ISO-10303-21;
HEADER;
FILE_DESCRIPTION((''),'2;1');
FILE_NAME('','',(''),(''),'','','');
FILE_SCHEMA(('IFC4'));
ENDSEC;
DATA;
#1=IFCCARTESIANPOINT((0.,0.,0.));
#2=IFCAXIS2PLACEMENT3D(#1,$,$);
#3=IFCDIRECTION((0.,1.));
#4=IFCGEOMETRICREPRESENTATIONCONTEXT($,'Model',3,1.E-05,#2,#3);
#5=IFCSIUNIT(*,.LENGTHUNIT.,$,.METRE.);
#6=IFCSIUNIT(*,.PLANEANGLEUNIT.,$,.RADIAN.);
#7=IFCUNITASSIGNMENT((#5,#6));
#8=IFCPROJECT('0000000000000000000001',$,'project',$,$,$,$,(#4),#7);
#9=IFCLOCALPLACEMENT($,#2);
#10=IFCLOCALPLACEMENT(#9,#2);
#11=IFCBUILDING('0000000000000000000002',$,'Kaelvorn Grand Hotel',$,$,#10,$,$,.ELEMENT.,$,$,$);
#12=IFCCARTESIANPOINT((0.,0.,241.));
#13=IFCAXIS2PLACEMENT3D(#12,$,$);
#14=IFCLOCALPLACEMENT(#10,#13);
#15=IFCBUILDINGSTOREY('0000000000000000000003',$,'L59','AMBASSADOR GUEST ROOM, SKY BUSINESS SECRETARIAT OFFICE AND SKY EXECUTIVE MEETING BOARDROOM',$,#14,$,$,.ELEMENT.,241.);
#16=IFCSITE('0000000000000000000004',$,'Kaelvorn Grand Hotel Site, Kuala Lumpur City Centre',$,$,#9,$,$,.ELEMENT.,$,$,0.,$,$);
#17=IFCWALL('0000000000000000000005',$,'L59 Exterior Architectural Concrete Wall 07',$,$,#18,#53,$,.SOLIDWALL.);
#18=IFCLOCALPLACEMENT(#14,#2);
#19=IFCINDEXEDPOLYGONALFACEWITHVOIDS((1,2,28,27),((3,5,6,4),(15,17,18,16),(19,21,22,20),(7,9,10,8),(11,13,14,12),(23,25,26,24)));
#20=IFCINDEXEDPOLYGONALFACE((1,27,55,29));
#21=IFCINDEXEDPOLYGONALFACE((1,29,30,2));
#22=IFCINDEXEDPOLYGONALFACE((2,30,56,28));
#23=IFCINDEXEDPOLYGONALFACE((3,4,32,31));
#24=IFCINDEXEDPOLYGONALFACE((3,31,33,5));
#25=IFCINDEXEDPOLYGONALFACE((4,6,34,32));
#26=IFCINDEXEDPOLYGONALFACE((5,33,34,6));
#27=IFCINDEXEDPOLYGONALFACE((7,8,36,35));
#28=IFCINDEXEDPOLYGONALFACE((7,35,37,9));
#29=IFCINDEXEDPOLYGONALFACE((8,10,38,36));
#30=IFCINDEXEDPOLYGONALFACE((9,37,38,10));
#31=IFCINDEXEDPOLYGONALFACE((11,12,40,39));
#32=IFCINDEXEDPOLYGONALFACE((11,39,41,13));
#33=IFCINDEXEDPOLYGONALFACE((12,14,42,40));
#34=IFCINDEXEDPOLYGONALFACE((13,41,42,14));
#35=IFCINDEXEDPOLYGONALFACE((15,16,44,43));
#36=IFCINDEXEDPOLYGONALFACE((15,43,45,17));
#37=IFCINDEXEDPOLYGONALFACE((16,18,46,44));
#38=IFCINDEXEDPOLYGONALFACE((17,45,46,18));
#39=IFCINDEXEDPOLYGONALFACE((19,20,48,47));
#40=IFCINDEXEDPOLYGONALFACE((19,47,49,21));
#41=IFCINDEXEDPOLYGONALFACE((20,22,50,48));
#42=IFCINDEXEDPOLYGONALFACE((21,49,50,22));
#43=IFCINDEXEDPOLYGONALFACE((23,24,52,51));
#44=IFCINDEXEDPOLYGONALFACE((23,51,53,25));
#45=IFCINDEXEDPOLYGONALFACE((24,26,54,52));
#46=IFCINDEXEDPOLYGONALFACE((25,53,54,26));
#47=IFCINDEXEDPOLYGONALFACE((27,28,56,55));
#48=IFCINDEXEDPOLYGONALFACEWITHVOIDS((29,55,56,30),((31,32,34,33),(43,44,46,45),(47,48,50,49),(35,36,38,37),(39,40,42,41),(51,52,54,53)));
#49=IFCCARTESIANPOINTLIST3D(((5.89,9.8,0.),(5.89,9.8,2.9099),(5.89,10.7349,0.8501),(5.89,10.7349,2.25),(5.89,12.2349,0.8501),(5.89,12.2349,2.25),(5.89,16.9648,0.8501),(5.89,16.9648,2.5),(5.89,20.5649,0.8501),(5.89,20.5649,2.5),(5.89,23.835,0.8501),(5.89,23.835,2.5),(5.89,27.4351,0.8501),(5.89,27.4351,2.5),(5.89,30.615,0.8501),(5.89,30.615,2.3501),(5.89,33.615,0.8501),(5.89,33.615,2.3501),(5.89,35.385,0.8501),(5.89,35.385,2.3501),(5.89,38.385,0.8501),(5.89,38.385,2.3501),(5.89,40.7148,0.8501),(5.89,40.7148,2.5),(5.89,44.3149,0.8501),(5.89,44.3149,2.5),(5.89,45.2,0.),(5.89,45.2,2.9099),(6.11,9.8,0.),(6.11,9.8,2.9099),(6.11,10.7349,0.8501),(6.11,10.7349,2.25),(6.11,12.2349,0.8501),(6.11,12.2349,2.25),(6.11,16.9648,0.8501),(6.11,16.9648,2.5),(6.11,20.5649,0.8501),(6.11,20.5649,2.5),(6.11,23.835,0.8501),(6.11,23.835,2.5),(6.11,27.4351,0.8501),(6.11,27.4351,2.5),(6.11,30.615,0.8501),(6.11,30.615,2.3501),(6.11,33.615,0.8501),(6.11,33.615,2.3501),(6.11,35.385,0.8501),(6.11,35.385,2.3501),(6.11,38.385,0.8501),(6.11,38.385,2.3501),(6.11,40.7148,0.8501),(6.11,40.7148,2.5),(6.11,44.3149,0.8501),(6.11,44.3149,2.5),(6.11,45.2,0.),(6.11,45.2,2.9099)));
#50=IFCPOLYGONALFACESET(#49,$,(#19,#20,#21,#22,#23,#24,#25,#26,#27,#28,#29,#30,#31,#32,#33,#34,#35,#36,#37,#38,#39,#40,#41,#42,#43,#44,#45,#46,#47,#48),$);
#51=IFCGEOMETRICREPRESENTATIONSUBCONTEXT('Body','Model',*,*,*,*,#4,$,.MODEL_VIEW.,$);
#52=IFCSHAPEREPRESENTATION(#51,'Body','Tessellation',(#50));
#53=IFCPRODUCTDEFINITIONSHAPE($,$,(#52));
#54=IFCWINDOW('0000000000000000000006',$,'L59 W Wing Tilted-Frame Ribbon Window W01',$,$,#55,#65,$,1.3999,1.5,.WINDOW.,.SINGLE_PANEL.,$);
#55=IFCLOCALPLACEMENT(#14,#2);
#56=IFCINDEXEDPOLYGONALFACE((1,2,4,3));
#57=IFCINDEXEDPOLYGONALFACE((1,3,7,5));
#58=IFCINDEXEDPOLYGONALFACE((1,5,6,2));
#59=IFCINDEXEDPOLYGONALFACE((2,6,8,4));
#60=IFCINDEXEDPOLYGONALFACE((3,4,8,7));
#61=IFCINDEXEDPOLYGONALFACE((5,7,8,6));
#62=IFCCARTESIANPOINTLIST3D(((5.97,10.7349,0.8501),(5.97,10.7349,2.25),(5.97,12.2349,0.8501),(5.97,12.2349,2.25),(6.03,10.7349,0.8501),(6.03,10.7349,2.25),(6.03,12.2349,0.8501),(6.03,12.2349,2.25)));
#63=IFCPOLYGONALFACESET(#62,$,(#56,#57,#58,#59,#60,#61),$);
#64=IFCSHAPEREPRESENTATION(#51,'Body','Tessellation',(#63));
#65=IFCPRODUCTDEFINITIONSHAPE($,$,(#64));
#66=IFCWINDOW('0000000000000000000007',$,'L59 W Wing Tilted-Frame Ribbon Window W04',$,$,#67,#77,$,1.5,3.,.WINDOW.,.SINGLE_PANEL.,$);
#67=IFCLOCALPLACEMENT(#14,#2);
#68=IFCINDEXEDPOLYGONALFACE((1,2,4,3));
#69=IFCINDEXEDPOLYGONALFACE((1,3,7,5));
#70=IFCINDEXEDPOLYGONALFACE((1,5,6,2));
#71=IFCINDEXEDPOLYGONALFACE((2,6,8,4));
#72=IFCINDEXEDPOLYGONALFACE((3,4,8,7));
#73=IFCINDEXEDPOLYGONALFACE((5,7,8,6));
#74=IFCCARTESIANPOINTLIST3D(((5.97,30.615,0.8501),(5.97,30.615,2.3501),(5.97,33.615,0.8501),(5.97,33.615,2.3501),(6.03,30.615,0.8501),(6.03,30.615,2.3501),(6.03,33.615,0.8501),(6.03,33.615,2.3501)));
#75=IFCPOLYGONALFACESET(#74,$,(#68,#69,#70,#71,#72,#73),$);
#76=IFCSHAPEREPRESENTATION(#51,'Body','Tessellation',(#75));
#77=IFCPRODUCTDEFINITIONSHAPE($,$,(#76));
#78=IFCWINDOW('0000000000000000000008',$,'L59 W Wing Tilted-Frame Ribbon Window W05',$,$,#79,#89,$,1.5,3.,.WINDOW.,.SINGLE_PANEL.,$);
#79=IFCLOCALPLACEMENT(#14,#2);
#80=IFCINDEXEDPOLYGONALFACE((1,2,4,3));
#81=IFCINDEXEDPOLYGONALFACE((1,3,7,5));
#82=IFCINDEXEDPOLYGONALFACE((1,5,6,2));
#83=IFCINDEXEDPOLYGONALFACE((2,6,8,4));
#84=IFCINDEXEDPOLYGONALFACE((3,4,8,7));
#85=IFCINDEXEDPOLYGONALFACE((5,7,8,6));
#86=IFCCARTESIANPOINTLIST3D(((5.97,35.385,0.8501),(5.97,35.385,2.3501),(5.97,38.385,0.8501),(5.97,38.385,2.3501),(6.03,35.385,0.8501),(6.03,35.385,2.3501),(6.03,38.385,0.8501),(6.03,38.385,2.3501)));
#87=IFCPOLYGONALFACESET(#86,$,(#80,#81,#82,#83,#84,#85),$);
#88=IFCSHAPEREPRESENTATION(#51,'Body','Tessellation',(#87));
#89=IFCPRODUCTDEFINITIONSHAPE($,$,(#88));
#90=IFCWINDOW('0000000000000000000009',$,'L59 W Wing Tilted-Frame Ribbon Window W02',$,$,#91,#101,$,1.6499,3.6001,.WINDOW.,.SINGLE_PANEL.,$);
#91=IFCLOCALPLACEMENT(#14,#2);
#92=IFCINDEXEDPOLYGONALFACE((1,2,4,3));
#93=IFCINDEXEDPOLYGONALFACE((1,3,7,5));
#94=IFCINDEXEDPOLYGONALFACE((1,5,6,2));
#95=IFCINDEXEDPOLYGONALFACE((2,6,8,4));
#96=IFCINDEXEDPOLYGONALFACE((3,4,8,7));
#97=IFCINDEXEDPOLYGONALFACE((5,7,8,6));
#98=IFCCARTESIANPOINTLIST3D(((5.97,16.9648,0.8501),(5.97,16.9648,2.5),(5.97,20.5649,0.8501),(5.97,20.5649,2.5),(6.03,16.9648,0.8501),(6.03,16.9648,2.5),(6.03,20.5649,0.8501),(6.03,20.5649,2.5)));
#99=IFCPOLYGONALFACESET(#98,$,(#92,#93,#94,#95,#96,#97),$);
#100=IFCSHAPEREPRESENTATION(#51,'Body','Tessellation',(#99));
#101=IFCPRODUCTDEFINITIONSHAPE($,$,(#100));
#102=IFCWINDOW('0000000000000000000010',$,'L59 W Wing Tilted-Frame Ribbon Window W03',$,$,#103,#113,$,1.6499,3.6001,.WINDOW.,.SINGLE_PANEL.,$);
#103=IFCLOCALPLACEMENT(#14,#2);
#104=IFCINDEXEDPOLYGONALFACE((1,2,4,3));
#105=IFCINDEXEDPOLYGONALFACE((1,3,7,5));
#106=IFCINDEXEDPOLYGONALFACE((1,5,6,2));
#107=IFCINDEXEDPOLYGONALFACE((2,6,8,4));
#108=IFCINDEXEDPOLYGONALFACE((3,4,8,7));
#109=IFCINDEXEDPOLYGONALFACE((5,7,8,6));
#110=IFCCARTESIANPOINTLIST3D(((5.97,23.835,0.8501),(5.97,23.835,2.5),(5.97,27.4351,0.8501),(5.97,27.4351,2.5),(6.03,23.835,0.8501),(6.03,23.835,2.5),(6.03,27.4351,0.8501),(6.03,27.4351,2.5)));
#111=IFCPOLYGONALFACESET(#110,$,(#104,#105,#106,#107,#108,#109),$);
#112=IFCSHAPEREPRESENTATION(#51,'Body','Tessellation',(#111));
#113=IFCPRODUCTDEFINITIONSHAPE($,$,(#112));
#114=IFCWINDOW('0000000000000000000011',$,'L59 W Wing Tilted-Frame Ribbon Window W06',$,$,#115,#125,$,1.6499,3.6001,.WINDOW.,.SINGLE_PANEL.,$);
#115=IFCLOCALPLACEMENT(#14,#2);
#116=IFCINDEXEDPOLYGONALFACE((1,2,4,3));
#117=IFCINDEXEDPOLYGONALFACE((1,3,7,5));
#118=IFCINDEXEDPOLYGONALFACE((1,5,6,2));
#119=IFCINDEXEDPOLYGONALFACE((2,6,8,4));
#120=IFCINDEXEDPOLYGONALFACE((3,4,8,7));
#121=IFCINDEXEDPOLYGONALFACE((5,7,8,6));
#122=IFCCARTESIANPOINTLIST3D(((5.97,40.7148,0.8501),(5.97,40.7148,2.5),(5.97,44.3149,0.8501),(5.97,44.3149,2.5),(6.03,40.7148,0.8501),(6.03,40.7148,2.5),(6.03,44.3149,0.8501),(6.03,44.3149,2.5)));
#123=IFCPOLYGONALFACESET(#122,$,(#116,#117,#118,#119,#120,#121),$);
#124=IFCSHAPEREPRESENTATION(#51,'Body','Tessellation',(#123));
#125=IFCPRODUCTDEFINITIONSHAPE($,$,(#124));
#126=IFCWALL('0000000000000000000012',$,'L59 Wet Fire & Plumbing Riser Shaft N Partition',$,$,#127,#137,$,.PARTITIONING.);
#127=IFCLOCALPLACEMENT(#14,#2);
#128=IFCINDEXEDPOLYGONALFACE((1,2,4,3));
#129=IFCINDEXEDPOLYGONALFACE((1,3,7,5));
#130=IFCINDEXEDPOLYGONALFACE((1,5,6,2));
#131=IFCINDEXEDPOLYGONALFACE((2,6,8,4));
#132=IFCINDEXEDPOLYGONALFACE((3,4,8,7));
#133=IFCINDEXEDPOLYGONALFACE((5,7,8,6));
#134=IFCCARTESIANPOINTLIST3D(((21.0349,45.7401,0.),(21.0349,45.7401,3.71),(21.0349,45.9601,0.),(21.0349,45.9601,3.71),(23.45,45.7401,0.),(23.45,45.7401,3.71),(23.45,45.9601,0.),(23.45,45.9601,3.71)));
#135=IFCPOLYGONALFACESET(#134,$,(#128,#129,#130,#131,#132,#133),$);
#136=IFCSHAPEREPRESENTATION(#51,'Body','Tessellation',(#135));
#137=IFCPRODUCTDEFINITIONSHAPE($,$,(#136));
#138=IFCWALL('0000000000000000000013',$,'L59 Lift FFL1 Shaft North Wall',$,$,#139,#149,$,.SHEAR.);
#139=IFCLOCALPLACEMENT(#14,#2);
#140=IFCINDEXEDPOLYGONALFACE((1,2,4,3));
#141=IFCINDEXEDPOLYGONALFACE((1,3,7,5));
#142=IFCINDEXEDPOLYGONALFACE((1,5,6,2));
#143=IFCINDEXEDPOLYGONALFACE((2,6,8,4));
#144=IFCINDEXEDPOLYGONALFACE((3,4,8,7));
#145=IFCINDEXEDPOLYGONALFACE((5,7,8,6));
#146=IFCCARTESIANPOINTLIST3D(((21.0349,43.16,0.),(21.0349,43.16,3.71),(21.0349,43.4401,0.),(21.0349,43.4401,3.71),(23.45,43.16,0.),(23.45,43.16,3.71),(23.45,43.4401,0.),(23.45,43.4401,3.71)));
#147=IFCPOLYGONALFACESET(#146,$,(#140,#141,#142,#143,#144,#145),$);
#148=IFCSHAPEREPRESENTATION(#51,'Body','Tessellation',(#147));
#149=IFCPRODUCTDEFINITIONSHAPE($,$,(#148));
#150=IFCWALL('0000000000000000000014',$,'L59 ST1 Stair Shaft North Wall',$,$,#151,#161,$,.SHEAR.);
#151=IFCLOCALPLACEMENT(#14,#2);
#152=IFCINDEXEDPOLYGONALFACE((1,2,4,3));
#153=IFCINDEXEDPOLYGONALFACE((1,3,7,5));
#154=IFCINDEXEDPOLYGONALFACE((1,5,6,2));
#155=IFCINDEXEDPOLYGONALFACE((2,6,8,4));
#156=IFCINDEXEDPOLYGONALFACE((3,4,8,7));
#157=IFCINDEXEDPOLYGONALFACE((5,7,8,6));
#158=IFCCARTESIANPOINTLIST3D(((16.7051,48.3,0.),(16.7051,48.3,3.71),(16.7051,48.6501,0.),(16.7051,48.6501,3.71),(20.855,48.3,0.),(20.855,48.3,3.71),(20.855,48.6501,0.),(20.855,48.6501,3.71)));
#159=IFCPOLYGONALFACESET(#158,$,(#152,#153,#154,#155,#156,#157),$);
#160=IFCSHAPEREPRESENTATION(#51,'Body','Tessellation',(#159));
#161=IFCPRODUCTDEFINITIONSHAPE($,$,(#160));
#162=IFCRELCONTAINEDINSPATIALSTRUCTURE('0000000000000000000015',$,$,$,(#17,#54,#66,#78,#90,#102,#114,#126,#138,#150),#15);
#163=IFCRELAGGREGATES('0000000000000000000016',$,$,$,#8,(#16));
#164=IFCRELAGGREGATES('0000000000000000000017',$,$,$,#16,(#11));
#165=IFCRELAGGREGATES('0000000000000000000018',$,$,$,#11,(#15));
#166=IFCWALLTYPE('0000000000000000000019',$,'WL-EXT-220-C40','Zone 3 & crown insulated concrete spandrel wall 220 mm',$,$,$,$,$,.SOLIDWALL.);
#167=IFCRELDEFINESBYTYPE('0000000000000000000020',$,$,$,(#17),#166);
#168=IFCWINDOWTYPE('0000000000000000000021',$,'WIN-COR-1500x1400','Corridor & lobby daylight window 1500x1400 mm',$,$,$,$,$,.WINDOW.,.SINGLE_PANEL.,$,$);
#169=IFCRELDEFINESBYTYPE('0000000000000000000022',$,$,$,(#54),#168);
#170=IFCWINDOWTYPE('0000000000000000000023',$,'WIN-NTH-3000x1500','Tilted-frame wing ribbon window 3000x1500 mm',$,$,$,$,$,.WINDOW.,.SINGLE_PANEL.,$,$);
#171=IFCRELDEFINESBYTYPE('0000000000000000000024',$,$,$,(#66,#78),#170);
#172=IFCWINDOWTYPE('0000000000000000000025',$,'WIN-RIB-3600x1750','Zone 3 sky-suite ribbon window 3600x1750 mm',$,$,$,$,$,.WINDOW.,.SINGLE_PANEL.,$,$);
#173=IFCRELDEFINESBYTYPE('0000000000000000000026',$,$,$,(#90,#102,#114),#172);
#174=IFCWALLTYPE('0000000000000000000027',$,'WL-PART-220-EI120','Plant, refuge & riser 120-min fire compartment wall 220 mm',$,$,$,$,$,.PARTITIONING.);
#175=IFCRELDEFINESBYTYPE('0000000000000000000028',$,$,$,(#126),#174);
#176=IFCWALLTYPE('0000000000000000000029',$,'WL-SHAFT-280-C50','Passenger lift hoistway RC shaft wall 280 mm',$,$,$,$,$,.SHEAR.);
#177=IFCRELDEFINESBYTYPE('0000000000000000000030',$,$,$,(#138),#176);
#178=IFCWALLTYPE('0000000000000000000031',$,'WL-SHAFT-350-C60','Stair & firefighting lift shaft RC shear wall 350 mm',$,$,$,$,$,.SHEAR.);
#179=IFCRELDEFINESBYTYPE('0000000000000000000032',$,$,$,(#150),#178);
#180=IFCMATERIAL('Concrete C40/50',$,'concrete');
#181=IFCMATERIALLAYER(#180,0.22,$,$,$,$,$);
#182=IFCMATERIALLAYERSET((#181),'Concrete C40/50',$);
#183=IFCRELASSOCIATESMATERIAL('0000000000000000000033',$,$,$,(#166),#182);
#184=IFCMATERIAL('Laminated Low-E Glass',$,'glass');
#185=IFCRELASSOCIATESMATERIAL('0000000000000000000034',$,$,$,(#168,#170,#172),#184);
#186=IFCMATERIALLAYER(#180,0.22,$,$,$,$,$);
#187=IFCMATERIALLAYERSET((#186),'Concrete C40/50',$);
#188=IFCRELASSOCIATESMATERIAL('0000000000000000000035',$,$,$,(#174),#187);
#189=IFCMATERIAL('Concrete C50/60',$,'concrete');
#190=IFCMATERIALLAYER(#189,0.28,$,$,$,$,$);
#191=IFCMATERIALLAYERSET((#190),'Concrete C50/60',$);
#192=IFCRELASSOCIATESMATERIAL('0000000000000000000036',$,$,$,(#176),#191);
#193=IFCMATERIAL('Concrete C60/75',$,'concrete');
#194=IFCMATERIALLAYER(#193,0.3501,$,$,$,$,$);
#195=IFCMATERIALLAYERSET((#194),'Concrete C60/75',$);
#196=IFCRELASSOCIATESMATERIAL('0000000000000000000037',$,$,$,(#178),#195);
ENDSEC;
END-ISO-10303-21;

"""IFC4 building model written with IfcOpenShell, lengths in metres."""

from ifc_helpers import new_model, si_unit, direction, frame, frame_2d, origin, place, context, subcontext, project, spatial, rectangle, extrude, material, layer, layer_set, type_object, element, fill, save


model = new_model("IFC4")

# Units and contexts
model_context = context("Model", 3, precision=1e-05, world=origin(), true_north=direction((0.0, 1.0)))
body_context = subcontext(model_context, "Body", "Model", "MODEL_VIEW")
ifc_project = project(units=[si_unit("LENGTHUNIT", "METRE"), si_unit("PLANEANGLEUNIT", "RADIAN")], contexts=[model_context])

# Site, building, storey
site_placement = place(None, origin())
site = spatial("IfcSite", under=ifc_project, at=site_placement, Name="Kaelvorn Grand Hotel Site, Kuala Lumpur City Centre", CompositionType="ELEMENT", RefElevation=0.0)
building_placement = place(site_placement, origin())
building = spatial("IfcBuilding", under=site, at=building_placement, Name="Kaelvorn Grand Hotel", CompositionType="ELEMENT")
storey_placement = place(building_placement, frame((0.0, 0.0, 241.0)))
storey = spatial("IfcBuildingStorey", under=building, at=storey_placement, Name="L59", Description="AMBASSADOR GUEST ROOM, SKY BUSINESS SECRETARIAT OFFICE AND SKY EXECUTIVE MEETING BOARDROOM", CompositionType="ELEMENT", Elevation=241.0)

# Shared definitions
ifc_material_1 = material(Name="Concrete C60/75", Category="concrete")
ifc_material_2 = material(Name="Concrete C50/60", Category="concrete")

# Shared definitions
ifc_material_3 = material(Name="Concrete C40/50", Category="concrete")
ifc_layer_1 = layer(ifc_material_3, 0.22)
ifc_layer_set_1 = layer_set([ifc_layer_1], Name="Concrete C40/50")
wall_type_1 = type_object("IfcWallType", Name="WL-EXT-220-C40", Description="Zone 3 & crown insulated concrete spandrel wall 220 mm", PredefinedType="SOLIDWALL", material=ifc_layer_set_1)
ifc_material_4 = material(Name="Laminated Low-E Glass", Category="glass")

# Wall, openings, windows
wall_1_placement = place(storey_placement, frame((6.0, 45.2, 0.0), z_axis=(0.0, 0.0, 1.0), x_axis=(0.0, -1.0, 0.0)))
wall_1 = element("IfcWall", 1, at=wall_1_placement, inside=storey, type_object=wall_type_1, Name="L59 Exterior Architectural Concrete Wall 07", PredefinedType="SOLIDWALL", context=body_context, shape_type="SweptSolid", body=[
    extrude(rectangle(XDim=35.3999, YDim=0.22, at=frame_2d((17.7, 0.0))), origin(), (0.0, 0.0, 1.0), 2.9099),
])
opening_1_placement = place(wall_1_placement, frame((32.9651, 0.0, 0.8501)))
opening_1 = element("IfcOpeningElement", 2, at=opening_1_placement, cuts=wall_1, PredefinedType="OPENING", context=body_context, shape_type="SweptSolid", body=[
    extrude(rectangle(XDim=1.5, YDim=1.3999, at=frame_2d((0.75, 0.7))), frame((0.0, 0.1201, 0.0), z_axis=(0.0, -1.0, 0.0), x_axis=(1.0, 0.0, 0.0)), (0.0, 0.0, 1.0), 0.24),
])
opening_2_placement = place(wall_1_placement, frame((24.635, 0.0, 0.8501)))
opening_2 = element("IfcOpeningElement", 3, at=opening_2_placement, cuts=wall_1, PredefinedType="OPENING", context=body_context, shape_type="SweptSolid", body=[
    extrude(rectangle(XDim=3.6001, YDim=1.6499, at=frame_2d((1.8, 0.825))), frame((0.0, 0.1201, 0.0), z_axis=(0.0, -1.0, 0.0), x_axis=(1.0, 0.0, 0.0)), (0.0, 0.0, 1.0), 0.24),
])
opening_3_placement = place(wall_1_placement, frame((17.7649, 0.0, 0.8501)))
opening_3 = element("IfcOpeningElement", 4, at=opening_3_placement, cuts=wall_1, PredefinedType="OPENING", context=body_context, shape_type="SweptSolid", body=[
    extrude(rectangle(XDim=3.6001, YDim=1.6499, at=frame_2d((1.8, 0.825))), frame((0.0, 0.1201, 0.0), z_axis=(0.0, -1.0, 0.0), x_axis=(1.0, 0.0, 0.0)), (0.0, 0.0, 1.0), 0.24),
])
opening_4_placement = place(wall_1_placement, frame((11.585, 0.0, 0.8501)))
opening_4 = element("IfcOpeningElement", 5, at=opening_4_placement, cuts=wall_1, PredefinedType="OPENING", context=body_context, shape_type="SweptSolid", body=[
    extrude(rectangle(XDim=3.0, YDim=1.5, at=frame_2d((1.5, 0.75))), frame((0.0, 0.1201, 0.0), z_axis=(0.0, -1.0, 0.0), x_axis=(1.0, 0.0, 0.0)), (0.0, 0.0, 1.0), 0.24),
])
opening_5_placement = place(wall_1_placement, frame((6.8149, 0.0, 0.8501)))
opening_5 = element("IfcOpeningElement", 6, at=opening_5_placement, cuts=wall_1, PredefinedType="OPENING", context=body_context, shape_type="SweptSolid", body=[
    extrude(rectangle(XDim=3.0, YDim=1.5, at=frame_2d((1.5, 0.75))), frame((0.0, 0.1201, 0.0), z_axis=(0.0, -1.0, 0.0), x_axis=(1.0, 0.0, 0.0)), (0.0, 0.0, 1.0), 0.24),
])
opening_6_placement = place(wall_1_placement, frame((0.885, 0.0, 0.8501)))
opening_6 = element("IfcOpeningElement", 7, at=opening_6_placement, cuts=wall_1, PredefinedType="OPENING", context=body_context, shape_type="SweptSolid", body=[
    extrude(rectangle(XDim=3.6001, YDim=1.6499, at=frame_2d((1.8, 0.825))), frame((0.0, 0.1201, 0.0), z_axis=(0.0, -1.0, 0.0), x_axis=(1.0, 0.0, 0.0)), (0.0, 0.0, 1.0), 0.24),
])
window_type_1 = type_object("IfcWindowType", Name="WIN-COR-1500x1400", Description="Corridor & lobby daylight window 1500x1400 mm", PartitioningType="SINGLE_PANEL", PredefinedType="WINDOW", material=ifc_material_4)
window_1_placement = place(opening_1_placement, origin())
window_1 = element("IfcWindow", 8, at=window_1_placement, inside=storey, type_object=window_type_1, Name="L59 W Wing Tilted-Frame Ribbon Window W01", OverallHeight=1.3999, OverallWidth=1.5, PartitioningType="SINGLE_PANEL", PredefinedType="WINDOW", context=body_context, shape_type="SweptSolid", body=[
    extrude(rectangle(XDim=1.5, YDim=1.3999, at=frame_2d((0.75, 0.7))), frame((0.0, 0.03, 0.0), z_axis=(0.0, -1.0, 0.0), x_axis=(1.0, 0.0, 0.0)), (0.0, 0.0, 1.0), 0.0601),
])
fill(opening_1, window_1)
window_type_2 = type_object("IfcWindowType", Name="WIN-NTH-3000x1500", Description="Tilted-frame wing ribbon window 3000x1500 mm", PartitioningType="SINGLE_PANEL", PredefinedType="WINDOW", material=ifc_material_4)
window_2_placement = place(opening_4_placement, origin())
window_2 = element("IfcWindow", 9, at=window_2_placement, inside=storey, type_object=window_type_2, Name="L59 W Wing Tilted-Frame Ribbon Window W04", OverallHeight=1.5, OverallWidth=3.0, PartitioningType="SINGLE_PANEL", PredefinedType="WINDOW", context=body_context, shape_type="SweptSolid", body=[
    extrude(rectangle(XDim=3.0, YDim=1.5, at=frame_2d((1.5, 0.75))), frame((0.0, 0.03, 0.0), z_axis=(0.0, -1.0, 0.0), x_axis=(1.0, 0.0, 0.0)), (0.0, 0.0, 1.0), 0.0601),
])
fill(opening_4, window_2)
window_3_placement = place(opening_5_placement, origin())
window_3 = element("IfcWindow", 10, at=window_3_placement, inside=storey, type_object=window_type_2, Name="L59 W Wing Tilted-Frame Ribbon Window W05", OverallHeight=1.5, OverallWidth=3.0, PartitioningType="SINGLE_PANEL", PredefinedType="WINDOW", context=body_context, shape_type="SweptSolid", body=[
    extrude(rectangle(XDim=3.0, YDim=1.5, at=frame_2d((1.5, 0.75))), frame((0.0, 0.03, 0.0), z_axis=(0.0, -1.0, 0.0), x_axis=(1.0, 0.0, 0.0)), (0.0, 0.0, 1.0), 0.0601),
])
fill(opening_5, window_3)
window_type_3 = type_object("IfcWindowType", Name="WIN-RIB-3600x1750", Description="Zone 3 sky-suite ribbon window 3600x1750 mm", PartitioningType="SINGLE_PANEL", PredefinedType="WINDOW", material=ifc_material_4)
window_4_placement = place(opening_2_placement, origin())
window_4 = element("IfcWindow", 11, at=window_4_placement, inside=storey, type_object=window_type_3, Name="L59 W Wing Tilted-Frame Ribbon Window W02", OverallHeight=1.6499, OverallWidth=3.6001, PartitioningType="SINGLE_PANEL", PredefinedType="WINDOW", context=body_context, shape_type="SweptSolid", body=[
    extrude(rectangle(XDim=3.6001, YDim=1.6499, at=frame_2d((1.8, 0.825))), frame((0.0, 0.03, 0.0), z_axis=(0.0, -1.0, 0.0), x_axis=(1.0, 0.0, 0.0)), (0.0, 0.0, 1.0), 0.0601),
])
fill(opening_2, window_4)
window_5_placement = place(opening_3_placement, origin())
window_5 = element("IfcWindow", 12, at=window_5_placement, inside=storey, type_object=window_type_3, Name="L59 W Wing Tilted-Frame Ribbon Window W03", OverallHeight=1.6499, OverallWidth=3.6001, PartitioningType="SINGLE_PANEL", PredefinedType="WINDOW", context=body_context, shape_type="SweptSolid", body=[
    extrude(rectangle(XDim=3.6001, YDim=1.6499, at=frame_2d((1.8, 0.825))), frame((0.0, 0.03, 0.0), z_axis=(0.0, -1.0, 0.0), x_axis=(1.0, 0.0, 0.0)), (0.0, 0.0, 1.0), 0.0601),
])
fill(opening_3, window_5)
window_6_placement = place(opening_6_placement, origin())
window_6 = element("IfcWindow", 13, at=window_6_placement, inside=storey, type_object=window_type_3, Name="L59 W Wing Tilted-Frame Ribbon Window W06", OverallHeight=1.6499, OverallWidth=3.6001, PartitioningType="SINGLE_PANEL", PredefinedType="WINDOW", context=body_context, shape_type="SweptSolid", body=[
    extrude(rectangle(XDim=3.6001, YDim=1.6499, at=frame_2d((1.8, 0.825))), frame((0.0, 0.03, 0.0), z_axis=(0.0, -1.0, 0.0), x_axis=(1.0, 0.0, 0.0)), (0.0, 0.0, 1.0), 0.0601),
])
fill(opening_6, window_6)

# Walls
ifc_layer_2 = layer(ifc_material_3, 0.22)
ifc_layer_set_2 = layer_set([ifc_layer_2], Name="Concrete C40/50")
wall_type_2 = type_object("IfcWallType", Name="WL-PART-220-EI120", Description="Plant, refuge & riser 120-min fire compartment wall 220 mm", PredefinedType="PARTITIONING", material=ifc_layer_set_2)
wall_2_placement = place(storey_placement, frame((21.0349, 45.8501, 0.0), z_axis=(0.0, 0.0, 1.0), x_axis=(1.0, 0.0, 0.0)))
element("IfcWall", 14, at=wall_2_placement, inside=storey, type_object=wall_type_2, Name="L59 Wet Fire & Plumbing Riser Shaft N Partition", PredefinedType="PARTITIONING", context=body_context, shape_type="SweptSolid", body=[
    extrude(rectangle(XDim=2.415, YDim=0.22, at=frame_2d((1.2075, 0.0))), origin(), (0.0, 0.0, 1.0), 3.71),
])
ifc_layer_3 = layer(ifc_material_2, 0.28)
ifc_layer_set_3 = layer_set([ifc_layer_3], Name="Concrete C50/60")
wall_type_3 = type_object("IfcWallType", Name="WL-SHAFT-280-C50", Description="Passenger lift hoistway RC shaft wall 280 mm", PredefinedType="SHEAR", material=ifc_layer_set_3)
wall_3_placement = place(storey_placement, frame((21.0349, 43.3, 0.0), z_axis=(0.0, 0.0, 1.0), x_axis=(1.0, 0.0, 0.0)))
element("IfcWall", 15, at=wall_3_placement, inside=storey, type_object=wall_type_3, Name="L59 Lift FFL1 Shaft North Wall", PredefinedType="SHEAR", context=body_context, shape_type="SweptSolid", body=[
    extrude(rectangle(XDim=2.415, YDim=0.28, at=frame_2d((1.2075, 0.0))), origin(), (0.0, 0.0, 1.0), 3.71),
])
ifc_layer_4 = layer(ifc_material_1, 0.3501)
ifc_layer_set_4 = layer_set([ifc_layer_4], Name="Concrete C60/75")
wall_type_4 = type_object("IfcWallType", Name="WL-SHAFT-350-C60", Description="Stair & firefighting lift shaft RC shear wall 350 mm", PredefinedType="SHEAR", material=ifc_layer_set_4)
wall_4_placement = place(storey_placement, frame((16.7051, 48.4751, 0.0), z_axis=(0.0, 0.0, 1.0), x_axis=(1.0, 0.0, 0.0)))
element("IfcWall", 16, at=wall_4_placement, inside=storey, type_object=wall_type_4, Name="L59 ST1 Stair Shaft North Wall", PredefinedType="SHEAR", context=body_context, shape_type="SweptSolid", body=[
    extrude(rectangle(XDim=4.1499, YDim=0.3501, at=frame_2d((2.075, 0.0))), origin(), (0.0, 0.0, 1.0), 3.71),
])

save(model, "model.ifc")
